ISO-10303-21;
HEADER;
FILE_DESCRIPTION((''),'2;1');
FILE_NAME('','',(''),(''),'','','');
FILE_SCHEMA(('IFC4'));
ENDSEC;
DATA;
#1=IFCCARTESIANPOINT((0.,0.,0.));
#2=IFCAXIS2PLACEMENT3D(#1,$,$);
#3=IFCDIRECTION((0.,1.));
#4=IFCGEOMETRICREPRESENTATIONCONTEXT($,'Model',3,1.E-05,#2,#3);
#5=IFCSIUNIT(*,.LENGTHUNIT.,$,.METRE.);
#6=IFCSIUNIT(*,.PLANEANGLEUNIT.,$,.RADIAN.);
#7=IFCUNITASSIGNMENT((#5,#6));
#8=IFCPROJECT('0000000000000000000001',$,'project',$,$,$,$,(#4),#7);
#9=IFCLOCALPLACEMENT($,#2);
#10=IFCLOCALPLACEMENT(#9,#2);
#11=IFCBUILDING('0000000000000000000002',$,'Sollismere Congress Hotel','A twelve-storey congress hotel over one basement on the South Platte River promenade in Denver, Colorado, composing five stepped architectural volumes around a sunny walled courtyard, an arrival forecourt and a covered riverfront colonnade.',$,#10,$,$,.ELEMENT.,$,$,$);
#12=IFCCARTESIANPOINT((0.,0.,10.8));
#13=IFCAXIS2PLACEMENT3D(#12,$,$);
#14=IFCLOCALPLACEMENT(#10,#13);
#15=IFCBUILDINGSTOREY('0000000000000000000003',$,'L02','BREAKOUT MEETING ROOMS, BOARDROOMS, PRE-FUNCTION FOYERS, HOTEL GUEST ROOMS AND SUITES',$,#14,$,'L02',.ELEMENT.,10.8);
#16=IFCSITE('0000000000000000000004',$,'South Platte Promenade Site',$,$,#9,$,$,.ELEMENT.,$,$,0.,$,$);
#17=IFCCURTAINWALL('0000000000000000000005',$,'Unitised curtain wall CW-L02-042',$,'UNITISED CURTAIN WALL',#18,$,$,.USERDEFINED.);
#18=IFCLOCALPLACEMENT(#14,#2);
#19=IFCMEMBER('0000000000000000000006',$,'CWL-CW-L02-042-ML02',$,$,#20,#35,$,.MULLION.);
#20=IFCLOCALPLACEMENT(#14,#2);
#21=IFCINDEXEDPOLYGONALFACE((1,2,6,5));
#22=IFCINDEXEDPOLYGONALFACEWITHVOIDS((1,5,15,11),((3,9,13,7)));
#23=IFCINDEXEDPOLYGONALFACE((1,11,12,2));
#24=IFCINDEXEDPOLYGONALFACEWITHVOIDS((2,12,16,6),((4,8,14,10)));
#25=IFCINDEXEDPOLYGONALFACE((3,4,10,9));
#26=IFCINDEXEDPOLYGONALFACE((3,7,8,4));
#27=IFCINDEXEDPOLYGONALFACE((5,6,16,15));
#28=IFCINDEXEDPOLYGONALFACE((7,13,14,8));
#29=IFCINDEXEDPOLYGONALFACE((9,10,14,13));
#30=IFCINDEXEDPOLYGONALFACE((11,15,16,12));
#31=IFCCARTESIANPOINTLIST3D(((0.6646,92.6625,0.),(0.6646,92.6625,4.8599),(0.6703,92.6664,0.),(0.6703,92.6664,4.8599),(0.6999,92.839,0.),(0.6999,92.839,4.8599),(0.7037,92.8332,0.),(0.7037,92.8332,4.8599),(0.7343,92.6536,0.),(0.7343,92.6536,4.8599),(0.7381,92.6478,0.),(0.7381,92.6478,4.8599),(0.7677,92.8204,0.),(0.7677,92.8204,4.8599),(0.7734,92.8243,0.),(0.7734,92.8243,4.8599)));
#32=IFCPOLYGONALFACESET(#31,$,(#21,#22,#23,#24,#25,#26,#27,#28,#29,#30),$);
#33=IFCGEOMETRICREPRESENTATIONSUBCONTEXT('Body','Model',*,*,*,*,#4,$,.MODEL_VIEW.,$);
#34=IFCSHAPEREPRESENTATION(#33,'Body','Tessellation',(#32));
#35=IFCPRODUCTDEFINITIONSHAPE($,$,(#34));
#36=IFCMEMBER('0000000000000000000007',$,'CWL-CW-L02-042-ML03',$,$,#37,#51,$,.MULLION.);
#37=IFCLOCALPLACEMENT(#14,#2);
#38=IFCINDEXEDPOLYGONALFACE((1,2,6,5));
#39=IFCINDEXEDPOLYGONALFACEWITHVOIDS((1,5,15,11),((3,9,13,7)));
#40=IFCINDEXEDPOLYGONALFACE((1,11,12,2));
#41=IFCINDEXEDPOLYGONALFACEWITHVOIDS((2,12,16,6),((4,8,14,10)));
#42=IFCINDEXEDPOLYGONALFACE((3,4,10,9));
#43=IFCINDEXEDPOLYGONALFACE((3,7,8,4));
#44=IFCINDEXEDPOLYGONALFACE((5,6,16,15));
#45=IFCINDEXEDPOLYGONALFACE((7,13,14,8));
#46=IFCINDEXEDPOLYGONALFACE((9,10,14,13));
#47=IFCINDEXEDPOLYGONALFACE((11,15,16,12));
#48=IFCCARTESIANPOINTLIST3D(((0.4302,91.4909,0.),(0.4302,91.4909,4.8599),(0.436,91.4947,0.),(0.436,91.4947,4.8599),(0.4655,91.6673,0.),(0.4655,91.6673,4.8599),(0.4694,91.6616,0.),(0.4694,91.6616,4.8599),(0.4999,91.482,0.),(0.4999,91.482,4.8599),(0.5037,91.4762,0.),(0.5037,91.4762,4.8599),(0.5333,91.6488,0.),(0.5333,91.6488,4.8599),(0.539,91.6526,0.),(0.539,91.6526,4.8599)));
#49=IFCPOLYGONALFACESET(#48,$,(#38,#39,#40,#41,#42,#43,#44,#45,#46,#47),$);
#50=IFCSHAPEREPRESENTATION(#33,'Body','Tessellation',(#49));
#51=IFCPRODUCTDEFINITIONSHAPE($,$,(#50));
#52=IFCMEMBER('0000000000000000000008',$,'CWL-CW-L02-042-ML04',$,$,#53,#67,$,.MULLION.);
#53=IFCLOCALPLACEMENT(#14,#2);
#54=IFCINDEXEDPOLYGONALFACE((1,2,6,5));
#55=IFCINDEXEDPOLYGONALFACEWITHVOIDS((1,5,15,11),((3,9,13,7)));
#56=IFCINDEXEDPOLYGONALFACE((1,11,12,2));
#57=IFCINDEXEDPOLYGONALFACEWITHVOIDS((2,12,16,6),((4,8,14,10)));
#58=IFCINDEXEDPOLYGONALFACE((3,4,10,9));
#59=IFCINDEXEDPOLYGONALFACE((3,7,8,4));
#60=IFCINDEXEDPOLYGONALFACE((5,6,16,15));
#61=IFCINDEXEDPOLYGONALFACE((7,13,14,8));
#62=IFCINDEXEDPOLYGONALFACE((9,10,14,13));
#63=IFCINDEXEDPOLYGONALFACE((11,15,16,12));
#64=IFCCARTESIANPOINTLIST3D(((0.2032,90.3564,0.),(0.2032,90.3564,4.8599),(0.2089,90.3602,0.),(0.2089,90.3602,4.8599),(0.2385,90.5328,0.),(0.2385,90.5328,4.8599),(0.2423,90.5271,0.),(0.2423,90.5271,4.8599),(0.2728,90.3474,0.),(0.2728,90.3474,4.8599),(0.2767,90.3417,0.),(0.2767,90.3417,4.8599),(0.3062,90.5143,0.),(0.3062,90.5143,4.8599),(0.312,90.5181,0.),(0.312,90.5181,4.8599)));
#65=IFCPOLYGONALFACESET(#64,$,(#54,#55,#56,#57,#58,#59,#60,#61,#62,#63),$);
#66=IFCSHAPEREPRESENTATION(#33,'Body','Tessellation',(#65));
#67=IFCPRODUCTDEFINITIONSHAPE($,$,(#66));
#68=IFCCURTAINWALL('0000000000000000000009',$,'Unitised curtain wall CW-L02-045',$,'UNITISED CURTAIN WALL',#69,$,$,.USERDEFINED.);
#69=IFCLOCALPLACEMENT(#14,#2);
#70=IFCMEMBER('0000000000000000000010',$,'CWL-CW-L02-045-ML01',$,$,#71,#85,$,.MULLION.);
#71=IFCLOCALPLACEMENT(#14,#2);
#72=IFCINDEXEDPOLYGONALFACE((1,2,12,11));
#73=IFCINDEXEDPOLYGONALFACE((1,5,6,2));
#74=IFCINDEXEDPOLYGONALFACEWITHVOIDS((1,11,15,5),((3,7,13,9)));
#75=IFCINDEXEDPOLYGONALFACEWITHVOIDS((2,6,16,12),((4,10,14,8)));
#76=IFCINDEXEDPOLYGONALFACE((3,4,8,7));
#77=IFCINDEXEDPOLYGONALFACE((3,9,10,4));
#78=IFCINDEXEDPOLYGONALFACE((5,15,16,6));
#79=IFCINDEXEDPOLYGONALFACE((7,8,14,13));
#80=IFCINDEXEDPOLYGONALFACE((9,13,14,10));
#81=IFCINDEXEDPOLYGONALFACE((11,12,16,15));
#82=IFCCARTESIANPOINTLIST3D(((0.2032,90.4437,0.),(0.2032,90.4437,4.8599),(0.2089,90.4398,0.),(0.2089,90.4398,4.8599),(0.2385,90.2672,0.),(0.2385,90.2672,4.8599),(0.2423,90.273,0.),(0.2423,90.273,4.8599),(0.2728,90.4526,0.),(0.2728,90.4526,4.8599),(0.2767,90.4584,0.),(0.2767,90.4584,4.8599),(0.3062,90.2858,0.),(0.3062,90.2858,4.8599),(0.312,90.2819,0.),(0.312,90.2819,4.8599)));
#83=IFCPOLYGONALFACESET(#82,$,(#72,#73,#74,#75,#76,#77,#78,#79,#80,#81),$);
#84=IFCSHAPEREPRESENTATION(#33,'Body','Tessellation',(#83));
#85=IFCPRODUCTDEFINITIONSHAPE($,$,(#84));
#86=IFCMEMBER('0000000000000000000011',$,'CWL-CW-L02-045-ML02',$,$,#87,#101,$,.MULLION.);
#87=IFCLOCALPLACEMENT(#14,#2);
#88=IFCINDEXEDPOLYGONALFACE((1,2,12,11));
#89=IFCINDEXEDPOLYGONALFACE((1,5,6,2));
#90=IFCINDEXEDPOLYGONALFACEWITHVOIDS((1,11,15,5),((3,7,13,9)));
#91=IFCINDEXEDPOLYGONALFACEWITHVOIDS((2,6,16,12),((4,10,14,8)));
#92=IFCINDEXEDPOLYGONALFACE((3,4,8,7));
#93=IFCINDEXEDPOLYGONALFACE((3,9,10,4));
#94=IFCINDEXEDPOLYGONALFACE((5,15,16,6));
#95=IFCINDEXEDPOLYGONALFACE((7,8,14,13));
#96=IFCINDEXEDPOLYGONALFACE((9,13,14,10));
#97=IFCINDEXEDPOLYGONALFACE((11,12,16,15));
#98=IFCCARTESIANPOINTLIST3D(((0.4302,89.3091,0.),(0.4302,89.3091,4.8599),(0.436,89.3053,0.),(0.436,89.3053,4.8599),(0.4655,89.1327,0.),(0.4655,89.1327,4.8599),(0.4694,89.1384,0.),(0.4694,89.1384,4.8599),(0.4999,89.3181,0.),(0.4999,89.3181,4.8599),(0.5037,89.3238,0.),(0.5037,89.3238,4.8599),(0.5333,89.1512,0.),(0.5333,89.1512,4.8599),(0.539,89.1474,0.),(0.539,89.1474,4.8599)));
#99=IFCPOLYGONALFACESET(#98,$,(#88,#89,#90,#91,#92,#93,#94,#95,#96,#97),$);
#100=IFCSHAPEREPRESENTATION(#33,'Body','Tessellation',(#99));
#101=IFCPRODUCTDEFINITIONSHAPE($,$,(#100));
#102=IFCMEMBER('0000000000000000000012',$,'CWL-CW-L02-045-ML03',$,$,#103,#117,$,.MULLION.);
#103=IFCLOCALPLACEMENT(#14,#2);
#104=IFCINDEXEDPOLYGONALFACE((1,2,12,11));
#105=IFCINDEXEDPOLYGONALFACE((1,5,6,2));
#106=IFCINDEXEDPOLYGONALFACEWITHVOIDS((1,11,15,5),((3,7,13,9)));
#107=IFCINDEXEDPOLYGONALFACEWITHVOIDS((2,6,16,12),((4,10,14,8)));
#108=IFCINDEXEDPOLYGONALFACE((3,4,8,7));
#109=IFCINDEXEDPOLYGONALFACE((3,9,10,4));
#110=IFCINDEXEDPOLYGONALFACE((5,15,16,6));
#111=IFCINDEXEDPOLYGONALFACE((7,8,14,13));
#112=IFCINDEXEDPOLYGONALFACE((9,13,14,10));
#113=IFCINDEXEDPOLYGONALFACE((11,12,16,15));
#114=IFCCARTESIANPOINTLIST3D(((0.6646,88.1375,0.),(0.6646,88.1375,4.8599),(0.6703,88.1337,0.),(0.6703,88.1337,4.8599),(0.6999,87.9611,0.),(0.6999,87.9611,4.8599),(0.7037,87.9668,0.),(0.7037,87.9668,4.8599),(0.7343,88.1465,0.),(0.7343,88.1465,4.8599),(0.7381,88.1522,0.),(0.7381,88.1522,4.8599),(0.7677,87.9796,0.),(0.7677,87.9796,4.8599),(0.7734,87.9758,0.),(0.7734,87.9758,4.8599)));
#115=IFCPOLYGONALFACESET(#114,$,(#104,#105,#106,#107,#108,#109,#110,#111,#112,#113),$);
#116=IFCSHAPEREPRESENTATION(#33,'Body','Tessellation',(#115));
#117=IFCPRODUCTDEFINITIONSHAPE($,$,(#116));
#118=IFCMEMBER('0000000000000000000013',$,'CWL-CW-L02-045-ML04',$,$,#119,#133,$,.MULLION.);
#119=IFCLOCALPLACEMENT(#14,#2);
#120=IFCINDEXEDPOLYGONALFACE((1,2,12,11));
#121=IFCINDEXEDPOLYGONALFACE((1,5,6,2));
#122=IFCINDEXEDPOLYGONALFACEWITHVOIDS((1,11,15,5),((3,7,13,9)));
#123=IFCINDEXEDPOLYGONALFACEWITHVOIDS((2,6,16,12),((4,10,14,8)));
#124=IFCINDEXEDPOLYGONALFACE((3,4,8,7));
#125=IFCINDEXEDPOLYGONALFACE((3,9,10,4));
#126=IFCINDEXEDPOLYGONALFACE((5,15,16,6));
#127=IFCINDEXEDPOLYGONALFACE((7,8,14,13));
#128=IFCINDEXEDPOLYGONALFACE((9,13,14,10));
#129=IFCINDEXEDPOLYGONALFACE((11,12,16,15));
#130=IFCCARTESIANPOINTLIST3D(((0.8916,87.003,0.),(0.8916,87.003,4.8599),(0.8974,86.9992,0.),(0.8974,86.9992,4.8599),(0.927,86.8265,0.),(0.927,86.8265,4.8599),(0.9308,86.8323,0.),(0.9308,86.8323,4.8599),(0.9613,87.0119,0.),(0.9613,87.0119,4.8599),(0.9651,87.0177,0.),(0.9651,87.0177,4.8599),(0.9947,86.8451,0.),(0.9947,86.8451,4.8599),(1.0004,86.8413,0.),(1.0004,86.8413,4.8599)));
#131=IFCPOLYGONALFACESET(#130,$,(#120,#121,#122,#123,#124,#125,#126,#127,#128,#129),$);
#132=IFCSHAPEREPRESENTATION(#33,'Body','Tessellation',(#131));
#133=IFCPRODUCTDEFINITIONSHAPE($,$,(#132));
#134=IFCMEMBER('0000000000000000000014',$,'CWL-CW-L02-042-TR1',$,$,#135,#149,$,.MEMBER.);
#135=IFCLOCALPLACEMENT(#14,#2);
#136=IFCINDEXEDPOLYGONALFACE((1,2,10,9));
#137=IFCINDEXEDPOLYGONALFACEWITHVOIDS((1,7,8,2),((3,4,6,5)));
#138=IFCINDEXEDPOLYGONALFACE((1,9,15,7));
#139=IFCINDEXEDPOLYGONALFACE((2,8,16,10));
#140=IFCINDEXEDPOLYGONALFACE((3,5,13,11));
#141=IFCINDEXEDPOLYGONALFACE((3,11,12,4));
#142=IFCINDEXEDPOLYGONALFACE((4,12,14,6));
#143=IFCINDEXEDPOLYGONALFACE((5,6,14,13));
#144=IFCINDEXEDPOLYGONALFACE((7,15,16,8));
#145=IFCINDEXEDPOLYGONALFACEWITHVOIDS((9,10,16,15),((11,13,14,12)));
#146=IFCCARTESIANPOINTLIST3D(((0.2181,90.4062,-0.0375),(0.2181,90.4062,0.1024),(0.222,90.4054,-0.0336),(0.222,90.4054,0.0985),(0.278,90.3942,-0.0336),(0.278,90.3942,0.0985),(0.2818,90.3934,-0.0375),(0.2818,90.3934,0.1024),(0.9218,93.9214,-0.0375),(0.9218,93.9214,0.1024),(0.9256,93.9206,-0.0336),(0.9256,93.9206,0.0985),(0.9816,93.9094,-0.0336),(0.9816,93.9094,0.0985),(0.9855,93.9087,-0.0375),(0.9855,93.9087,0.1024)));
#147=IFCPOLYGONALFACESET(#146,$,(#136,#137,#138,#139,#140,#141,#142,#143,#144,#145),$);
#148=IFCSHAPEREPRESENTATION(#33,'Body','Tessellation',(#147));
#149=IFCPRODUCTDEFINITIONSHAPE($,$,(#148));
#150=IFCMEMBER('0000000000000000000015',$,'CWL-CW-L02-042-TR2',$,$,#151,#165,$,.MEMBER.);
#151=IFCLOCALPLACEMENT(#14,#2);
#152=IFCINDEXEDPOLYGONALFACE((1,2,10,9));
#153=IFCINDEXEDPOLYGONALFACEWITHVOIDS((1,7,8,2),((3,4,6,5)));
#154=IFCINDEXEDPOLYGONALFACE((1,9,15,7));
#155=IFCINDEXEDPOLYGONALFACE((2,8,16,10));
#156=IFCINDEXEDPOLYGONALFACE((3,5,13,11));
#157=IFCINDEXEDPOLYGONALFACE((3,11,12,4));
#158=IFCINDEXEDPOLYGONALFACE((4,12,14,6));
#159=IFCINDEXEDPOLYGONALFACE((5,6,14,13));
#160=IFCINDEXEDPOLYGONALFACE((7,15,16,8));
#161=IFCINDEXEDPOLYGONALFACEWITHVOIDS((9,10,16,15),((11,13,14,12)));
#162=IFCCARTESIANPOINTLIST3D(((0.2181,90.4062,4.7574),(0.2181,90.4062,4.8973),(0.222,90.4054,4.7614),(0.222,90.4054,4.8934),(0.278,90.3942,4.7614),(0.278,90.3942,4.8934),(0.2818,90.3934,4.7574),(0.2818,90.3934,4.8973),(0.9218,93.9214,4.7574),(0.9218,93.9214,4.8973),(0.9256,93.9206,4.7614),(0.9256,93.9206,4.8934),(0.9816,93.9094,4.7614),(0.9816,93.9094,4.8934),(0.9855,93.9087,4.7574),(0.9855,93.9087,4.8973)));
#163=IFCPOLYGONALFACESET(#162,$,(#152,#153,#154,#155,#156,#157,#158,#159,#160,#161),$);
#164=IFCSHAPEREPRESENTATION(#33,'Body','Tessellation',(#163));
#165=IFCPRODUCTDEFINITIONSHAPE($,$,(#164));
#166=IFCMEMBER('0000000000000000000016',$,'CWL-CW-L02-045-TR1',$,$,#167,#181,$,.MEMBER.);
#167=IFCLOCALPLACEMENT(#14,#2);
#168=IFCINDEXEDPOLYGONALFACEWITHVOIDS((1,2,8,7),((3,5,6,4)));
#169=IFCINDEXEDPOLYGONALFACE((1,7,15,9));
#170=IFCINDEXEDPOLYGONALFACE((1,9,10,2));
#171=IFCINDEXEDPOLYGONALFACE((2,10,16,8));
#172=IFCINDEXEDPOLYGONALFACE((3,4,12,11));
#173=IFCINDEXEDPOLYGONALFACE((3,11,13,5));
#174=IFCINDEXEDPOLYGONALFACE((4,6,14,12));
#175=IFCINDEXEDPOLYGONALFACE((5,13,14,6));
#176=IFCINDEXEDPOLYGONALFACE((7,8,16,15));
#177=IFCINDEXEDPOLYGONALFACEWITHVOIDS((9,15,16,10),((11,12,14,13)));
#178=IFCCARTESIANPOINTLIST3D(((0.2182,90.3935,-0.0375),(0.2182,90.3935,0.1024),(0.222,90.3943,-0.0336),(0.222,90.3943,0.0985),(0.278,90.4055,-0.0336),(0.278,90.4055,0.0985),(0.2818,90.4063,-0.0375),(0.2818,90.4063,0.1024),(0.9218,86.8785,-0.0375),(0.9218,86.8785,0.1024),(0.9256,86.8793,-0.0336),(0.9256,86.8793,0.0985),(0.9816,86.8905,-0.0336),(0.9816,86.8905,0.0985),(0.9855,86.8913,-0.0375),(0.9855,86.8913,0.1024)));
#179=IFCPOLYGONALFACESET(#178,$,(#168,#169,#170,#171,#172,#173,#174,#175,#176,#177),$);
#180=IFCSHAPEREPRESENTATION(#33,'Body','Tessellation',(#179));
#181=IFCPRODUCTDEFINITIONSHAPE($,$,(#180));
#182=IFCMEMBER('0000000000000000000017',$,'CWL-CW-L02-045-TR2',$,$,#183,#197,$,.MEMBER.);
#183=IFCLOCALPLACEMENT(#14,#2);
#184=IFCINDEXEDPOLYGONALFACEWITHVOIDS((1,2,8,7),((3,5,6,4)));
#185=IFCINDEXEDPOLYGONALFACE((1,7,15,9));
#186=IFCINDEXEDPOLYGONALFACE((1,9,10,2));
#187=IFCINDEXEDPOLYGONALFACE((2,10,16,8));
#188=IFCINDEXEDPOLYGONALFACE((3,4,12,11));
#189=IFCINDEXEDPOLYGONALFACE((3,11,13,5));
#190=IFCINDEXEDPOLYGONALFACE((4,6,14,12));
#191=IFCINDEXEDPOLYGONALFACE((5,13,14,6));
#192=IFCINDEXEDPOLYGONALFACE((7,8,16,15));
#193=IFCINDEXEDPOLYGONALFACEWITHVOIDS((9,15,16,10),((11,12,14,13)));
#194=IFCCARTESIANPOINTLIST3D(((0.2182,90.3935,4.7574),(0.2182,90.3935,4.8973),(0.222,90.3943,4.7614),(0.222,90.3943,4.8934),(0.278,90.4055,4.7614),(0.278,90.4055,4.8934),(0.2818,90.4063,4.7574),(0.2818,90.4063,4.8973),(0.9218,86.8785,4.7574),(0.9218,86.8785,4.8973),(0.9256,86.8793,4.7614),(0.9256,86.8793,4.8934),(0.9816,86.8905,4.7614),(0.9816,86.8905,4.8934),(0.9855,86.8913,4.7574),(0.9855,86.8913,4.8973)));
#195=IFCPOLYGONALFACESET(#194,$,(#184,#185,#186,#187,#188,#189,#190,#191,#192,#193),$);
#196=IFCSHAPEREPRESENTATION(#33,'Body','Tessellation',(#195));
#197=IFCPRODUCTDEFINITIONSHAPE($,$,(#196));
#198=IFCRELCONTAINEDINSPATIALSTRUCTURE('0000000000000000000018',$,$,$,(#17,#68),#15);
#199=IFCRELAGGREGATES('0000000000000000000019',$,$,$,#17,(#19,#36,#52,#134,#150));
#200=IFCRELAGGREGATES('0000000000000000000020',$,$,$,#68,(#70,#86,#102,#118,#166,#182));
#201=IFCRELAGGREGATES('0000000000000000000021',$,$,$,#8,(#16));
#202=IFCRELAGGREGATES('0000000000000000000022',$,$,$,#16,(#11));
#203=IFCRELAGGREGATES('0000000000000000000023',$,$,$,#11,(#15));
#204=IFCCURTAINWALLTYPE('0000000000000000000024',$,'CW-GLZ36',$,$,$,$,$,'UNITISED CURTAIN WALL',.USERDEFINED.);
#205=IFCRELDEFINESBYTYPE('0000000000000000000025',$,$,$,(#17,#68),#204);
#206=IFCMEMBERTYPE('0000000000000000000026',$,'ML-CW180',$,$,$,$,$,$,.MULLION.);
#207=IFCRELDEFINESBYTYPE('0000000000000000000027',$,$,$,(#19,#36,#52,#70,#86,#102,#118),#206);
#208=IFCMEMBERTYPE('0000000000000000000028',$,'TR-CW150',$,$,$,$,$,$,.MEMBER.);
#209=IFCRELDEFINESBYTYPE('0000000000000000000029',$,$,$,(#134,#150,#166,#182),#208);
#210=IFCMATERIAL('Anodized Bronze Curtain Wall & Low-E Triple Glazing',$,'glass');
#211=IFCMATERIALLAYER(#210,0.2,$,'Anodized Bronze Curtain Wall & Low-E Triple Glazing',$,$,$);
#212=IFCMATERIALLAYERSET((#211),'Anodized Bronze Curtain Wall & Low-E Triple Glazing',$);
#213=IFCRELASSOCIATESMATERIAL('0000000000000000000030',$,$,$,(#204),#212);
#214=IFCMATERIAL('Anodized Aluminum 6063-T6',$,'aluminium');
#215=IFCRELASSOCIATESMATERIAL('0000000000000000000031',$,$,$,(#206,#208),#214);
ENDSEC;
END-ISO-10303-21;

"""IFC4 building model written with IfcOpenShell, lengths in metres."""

from ifc_helpers import new_model, si_unit, direction, frame, origin, origin_2d, place, context, subcontext, project, spatial, hollow_rectangle, extrude, material, layer, layer_set, material_profile, profile_set, type_object, element, aggregate, save


model = new_model("IFC4")

# Units and contexts
model_context = context("Model", 3, precision=1e-05, world=origin(), true_north=direction((0.0, 1.0)))
body_context = subcontext(model_context, "Body", "Model", "MODEL_VIEW")
ifc_project = project(units=[si_unit("LENGTHUNIT", "METRE"), si_unit("PLANEANGLEUNIT", "RADIAN")], contexts=[model_context])

# Site, building, storey
site_placement = place(None, origin())
site = spatial("IfcSite", under=ifc_project, at=site_placement, Name="South Platte Promenade Site", CompositionType="ELEMENT", RefElevation=0.0)
building_placement = place(site_placement, origin())
building = spatial("IfcBuilding", under=site, at=building_placement, Name="Sollismere Congress Hotel", Description="A twelve-storey congress hotel over one basement on the South Platte River promenade in Denver, Colorado, composing five stepped architectural volumes around a sunny walled courtyard, an arrival forecourt and a covered riverfront colonnade.", CompositionType="ELEMENT")
storey_placement = place(building_placement, frame((0.0, 0.0, 10.8)))
storey = spatial("IfcBuildingStorey", under=building, at=storey_placement, Name="L02", Description="BREAKOUT MEETING ROOMS, BOARDROOMS, PRE-FUNCTION FOYERS, HOTEL GUEST ROOMS AND SUITES", LongName="L02", CompositionType="ELEMENT", Elevation=10.8)

# Curtain walls, members
ifc_material_1 = material(Name="Anodized Bronze Curtain Wall & Low-E Triple Glazing", Category="glass")
ifc_layer_1 = layer(ifc_material_1, 0.2, Name="Anodized Bronze Curtain Wall & Low-E Triple Glazing")
ifc_layer_set_1 = layer_set([ifc_layer_1], Name="Anodized Bronze Curtain Wall & Low-E Triple Glazing")
curtain_wall_type = type_object("IfcCurtainWallType", Name="CW-GLZ36", ElementType="UNITISED CURTAIN WALL", PredefinedType="USERDEFINED", material=ifc_layer_set_1)
ifc_material_2 = material(Name="Anodized Aluminum 6063-T6", Category="aluminium")
ifc_material_profile_1 = material_profile(ifc_material_2, hollow_rectangle(XDim=0.075, YDim=0.1799, WallThickness=0.0049, at=origin_2d()), Name="ALU180X75X5")
ifc_profile_set_1 = profile_set([ifc_material_profile_1], Name="Anodized Aluminum 6063-T6")
member_type_1 = type_object("IfcMemberType", Name="ML-CW180", PredefinedType="MULLION", material=ifc_profile_set_1)
curtain_wall_1_placement = place(storey_placement, origin())
curtain_wall_1 = element("IfcCurtainWall", 1, at=curtain_wall_1_placement, inside=storey, type_object=curtain_wall_type, Name="Unitised curtain wall CW-L02-042", ObjectType="UNITISED CURTAIN WALL", PredefinedType="USERDEFINED")
member_1_placement = place(storey_placement, frame((0.719, 92.7434, 0.0), z_axis=(0.0, 0.0, 1.0), x_axis=(0.980553, -0.196254, 0.0)))
member_1 = element("IfcMember", 2, at=member_1_placement, type_object=member_type_1, Name="CWL-CW-L02-042-ML02", PredefinedType="MULLION", context=body_context, shape_type="SweptSolid", body=[
    extrude(hollow_rectangle(XDim=0.075, YDim=0.1799, WallThickness=0.0049, at=origin_2d()), origin(), (0.0, 0.0, 1.0), 4.8599),
])
member_2_placement = place(storey_placement, frame((0.4846, 91.5718, 0.0), z_axis=(0.0, 0.0, 1.0), x_axis=(0.980553, -0.196254, 0.0)))
member_2 = element("IfcMember", 3, at=member_2_placement, type_object=member_type_1, Name="CWL-CW-L02-042-ML03", PredefinedType="MULLION", context=body_context, shape_type="SweptSolid", body=[
    extrude(hollow_rectangle(XDim=0.075, YDim=0.1799, WallThickness=0.0049, at=origin_2d()), origin(), (0.0, 0.0, 1.0), 4.8599),
])
member_3_placement = place(storey_placement, frame((0.2576, 90.4373, 0.0), z_axis=(0.0, 0.0, 1.0), x_axis=(0.980553, -0.196254, 0.0)))
member_3 = element("IfcMember", 4, at=member_3_placement, type_object=member_type_1, Name="CWL-CW-L02-042-ML04", PredefinedType="MULLION", context=body_context, shape_type="SweptSolid", body=[
    extrude(hollow_rectangle(XDim=0.075, YDim=0.1799, WallThickness=0.0049, at=origin_2d()), origin(), (0.0, 0.0, 1.0), 4.8599),
])
curtain_wall_2_placement = place(storey_placement, origin())
curtain_wall_2 = element("IfcCurtainWall", 5, at=curtain_wall_2_placement, inside=storey, type_object=curtain_wall_type, Name="Unitised curtain wall CW-L02-045", ObjectType="UNITISED CURTAIN WALL", PredefinedType="USERDEFINED")
member_4_placement = place(storey_placement, frame((0.2576, 90.3628, 0.0), z_axis=(0.0, 0.0, 1.0), x_axis=(0.980553, 0.196254, 0.0)))
member_4 = element("IfcMember", 6, at=member_4_placement, type_object=member_type_1, Name="CWL-CW-L02-045-ML01", PredefinedType="MULLION", context=body_context, shape_type="SweptSolid", body=[
    extrude(hollow_rectangle(XDim=0.075, YDim=0.1799, WallThickness=0.0049, at=origin_2d()), origin(), (0.0, 0.0, 1.0), 4.8599),
])
member_5_placement = place(storey_placement, frame((0.4846, 89.2283, 0.0), z_axis=(0.0, 0.0, 1.0), x_axis=(0.980553, 0.196254, 0.0)))
member_5 = element("IfcMember", 7, at=member_5_placement, type_object=member_type_1, Name="CWL-CW-L02-045-ML02", PredefinedType="MULLION", context=body_context, shape_type="SweptSolid", body=[
    extrude(hollow_rectangle(XDim=0.075, YDim=0.1799, WallThickness=0.0049, at=origin_2d()), origin(), (0.0, 0.0, 1.0), 4.8599),
])
member_6_placement = place(storey_placement, frame((0.719, 88.0566, 0.0), z_axis=(0.0, 0.0, 1.0), x_axis=(0.980553, 0.196254, 0.0)))
member_6 = element("IfcMember", 8, at=member_6_placement, type_object=member_type_1, Name="CWL-CW-L02-045-ML03", PredefinedType="MULLION", context=body_context, shape_type="SweptSolid", body=[
    extrude(hollow_rectangle(XDim=0.075, YDim=0.1799, WallThickness=0.0049, at=origin_2d()), origin(), (0.0, 0.0, 1.0), 4.8599),
])
member_7_placement = place(storey_placement, frame((0.946, 86.9221, 0.0), z_axis=(0.0, 0.0, 1.0), x_axis=(0.980553, 0.196254, 0.0)))
member_7 = element("IfcMember", 9, at=member_7_placement, type_object=member_type_1, Name="CWL-CW-L02-045-ML04", PredefinedType="MULLION", context=body_context, shape_type="SweptSolid", body=[
    extrude(hollow_rectangle(XDim=0.075, YDim=0.1799, WallThickness=0.0049, at=origin_2d()), origin(), (0.0, 0.0, 1.0), 4.8599),
])

# Members
ifc_material_profile_2 = material_profile(ifc_material_2, hollow_rectangle(XDim=0.0649, YDim=0.1399, WallThickness=0.0039, at=origin_2d()), Name="ALU140X65X4")
ifc_profile_set_2 = profile_set([ifc_material_profile_2], Name="Anodized Aluminum 6063-T6")
member_type_2 = type_object("IfcMemberType", Name="TR-CW150", PredefinedType="MEMBER", material=ifc_profile_set_2)
member_8_placement = place(storey_placement, frame((0.9536, 93.915, 0.0325), z_axis=(-0.196273, -0.980549, 0.0), x_axis=(0.980549, -0.196273, 0.0)))
member_8 = element("IfcMember", 10, at=member_8_placement, type_object=member_type_2, Name="CWL-CW-L02-042-TR1", PredefinedType="MEMBER", context=body_context, shape_type="SweptSolid", body=[
    extrude(hollow_rectangle(XDim=0.0649, YDim=0.1399, WallThickness=0.0039, at=origin_2d()), origin(), (0.0, 0.0, 1.0), 3.585),
])
member_9_placement = place(storey_placement, frame((0.9536, 93.915, 4.8274), z_axis=(-0.196273, -0.980549, 0.0), x_axis=(0.980549, -0.196273, 0.0)))
member_9 = element("IfcMember", 11, at=member_9_placement, type_object=member_type_2, Name="CWL-CW-L02-042-TR2", PredefinedType="MEMBER", context=body_context, shape_type="SweptSolid", body=[
    extrude(hollow_rectangle(XDim=0.0649, YDim=0.1399, WallThickness=0.0039, at=origin_2d()), origin(), (0.0, 0.0, 1.0), 3.585),
])
member_10_placement = place(storey_placement, frame((0.25, 90.3999, 0.0325), z_axis=(0.196286, -0.980547, 0.0), x_axis=(0.980547, 0.196286, 0.0)))
member_10 = element("IfcMember", 12, at=member_10_placement, type_object=member_type_2, Name="CWL-CW-L02-045-TR1", PredefinedType="MEMBER", context=body_context, shape_type="SweptSolid", body=[
    extrude(hollow_rectangle(XDim=0.0649, YDim=0.1399, WallThickness=0.0039, at=origin_2d()), origin(), (0.0, 0.0, 1.0), 3.5847),
])
member_11_placement = place(storey_placement, frame((0.25, 90.3999, 4.8274), z_axis=(0.196286, -0.980547, 0.0), x_axis=(0.980547, 0.196286, 0.0)))
member_11 = element("IfcMember", 13, at=member_11_placement, type_object=member_type_2, Name="CWL-CW-L02-045-TR2", PredefinedType="MEMBER", context=body_context, shape_type="SweptSolid", body=[
    extrude(hollow_rectangle(XDim=0.0649, YDim=0.1399, WallThickness=0.0039, at=origin_2d()), origin(), (0.0, 0.0, 1.0), 3.5847),
])

aggregate(curtain_wall_1, [member_1, member_2, member_3, member_8, member_9])
aggregate(curtain_wall_2, [member_4, member_5, member_6, member_7, member_10, member_11])

save(model, "model.ifc")
